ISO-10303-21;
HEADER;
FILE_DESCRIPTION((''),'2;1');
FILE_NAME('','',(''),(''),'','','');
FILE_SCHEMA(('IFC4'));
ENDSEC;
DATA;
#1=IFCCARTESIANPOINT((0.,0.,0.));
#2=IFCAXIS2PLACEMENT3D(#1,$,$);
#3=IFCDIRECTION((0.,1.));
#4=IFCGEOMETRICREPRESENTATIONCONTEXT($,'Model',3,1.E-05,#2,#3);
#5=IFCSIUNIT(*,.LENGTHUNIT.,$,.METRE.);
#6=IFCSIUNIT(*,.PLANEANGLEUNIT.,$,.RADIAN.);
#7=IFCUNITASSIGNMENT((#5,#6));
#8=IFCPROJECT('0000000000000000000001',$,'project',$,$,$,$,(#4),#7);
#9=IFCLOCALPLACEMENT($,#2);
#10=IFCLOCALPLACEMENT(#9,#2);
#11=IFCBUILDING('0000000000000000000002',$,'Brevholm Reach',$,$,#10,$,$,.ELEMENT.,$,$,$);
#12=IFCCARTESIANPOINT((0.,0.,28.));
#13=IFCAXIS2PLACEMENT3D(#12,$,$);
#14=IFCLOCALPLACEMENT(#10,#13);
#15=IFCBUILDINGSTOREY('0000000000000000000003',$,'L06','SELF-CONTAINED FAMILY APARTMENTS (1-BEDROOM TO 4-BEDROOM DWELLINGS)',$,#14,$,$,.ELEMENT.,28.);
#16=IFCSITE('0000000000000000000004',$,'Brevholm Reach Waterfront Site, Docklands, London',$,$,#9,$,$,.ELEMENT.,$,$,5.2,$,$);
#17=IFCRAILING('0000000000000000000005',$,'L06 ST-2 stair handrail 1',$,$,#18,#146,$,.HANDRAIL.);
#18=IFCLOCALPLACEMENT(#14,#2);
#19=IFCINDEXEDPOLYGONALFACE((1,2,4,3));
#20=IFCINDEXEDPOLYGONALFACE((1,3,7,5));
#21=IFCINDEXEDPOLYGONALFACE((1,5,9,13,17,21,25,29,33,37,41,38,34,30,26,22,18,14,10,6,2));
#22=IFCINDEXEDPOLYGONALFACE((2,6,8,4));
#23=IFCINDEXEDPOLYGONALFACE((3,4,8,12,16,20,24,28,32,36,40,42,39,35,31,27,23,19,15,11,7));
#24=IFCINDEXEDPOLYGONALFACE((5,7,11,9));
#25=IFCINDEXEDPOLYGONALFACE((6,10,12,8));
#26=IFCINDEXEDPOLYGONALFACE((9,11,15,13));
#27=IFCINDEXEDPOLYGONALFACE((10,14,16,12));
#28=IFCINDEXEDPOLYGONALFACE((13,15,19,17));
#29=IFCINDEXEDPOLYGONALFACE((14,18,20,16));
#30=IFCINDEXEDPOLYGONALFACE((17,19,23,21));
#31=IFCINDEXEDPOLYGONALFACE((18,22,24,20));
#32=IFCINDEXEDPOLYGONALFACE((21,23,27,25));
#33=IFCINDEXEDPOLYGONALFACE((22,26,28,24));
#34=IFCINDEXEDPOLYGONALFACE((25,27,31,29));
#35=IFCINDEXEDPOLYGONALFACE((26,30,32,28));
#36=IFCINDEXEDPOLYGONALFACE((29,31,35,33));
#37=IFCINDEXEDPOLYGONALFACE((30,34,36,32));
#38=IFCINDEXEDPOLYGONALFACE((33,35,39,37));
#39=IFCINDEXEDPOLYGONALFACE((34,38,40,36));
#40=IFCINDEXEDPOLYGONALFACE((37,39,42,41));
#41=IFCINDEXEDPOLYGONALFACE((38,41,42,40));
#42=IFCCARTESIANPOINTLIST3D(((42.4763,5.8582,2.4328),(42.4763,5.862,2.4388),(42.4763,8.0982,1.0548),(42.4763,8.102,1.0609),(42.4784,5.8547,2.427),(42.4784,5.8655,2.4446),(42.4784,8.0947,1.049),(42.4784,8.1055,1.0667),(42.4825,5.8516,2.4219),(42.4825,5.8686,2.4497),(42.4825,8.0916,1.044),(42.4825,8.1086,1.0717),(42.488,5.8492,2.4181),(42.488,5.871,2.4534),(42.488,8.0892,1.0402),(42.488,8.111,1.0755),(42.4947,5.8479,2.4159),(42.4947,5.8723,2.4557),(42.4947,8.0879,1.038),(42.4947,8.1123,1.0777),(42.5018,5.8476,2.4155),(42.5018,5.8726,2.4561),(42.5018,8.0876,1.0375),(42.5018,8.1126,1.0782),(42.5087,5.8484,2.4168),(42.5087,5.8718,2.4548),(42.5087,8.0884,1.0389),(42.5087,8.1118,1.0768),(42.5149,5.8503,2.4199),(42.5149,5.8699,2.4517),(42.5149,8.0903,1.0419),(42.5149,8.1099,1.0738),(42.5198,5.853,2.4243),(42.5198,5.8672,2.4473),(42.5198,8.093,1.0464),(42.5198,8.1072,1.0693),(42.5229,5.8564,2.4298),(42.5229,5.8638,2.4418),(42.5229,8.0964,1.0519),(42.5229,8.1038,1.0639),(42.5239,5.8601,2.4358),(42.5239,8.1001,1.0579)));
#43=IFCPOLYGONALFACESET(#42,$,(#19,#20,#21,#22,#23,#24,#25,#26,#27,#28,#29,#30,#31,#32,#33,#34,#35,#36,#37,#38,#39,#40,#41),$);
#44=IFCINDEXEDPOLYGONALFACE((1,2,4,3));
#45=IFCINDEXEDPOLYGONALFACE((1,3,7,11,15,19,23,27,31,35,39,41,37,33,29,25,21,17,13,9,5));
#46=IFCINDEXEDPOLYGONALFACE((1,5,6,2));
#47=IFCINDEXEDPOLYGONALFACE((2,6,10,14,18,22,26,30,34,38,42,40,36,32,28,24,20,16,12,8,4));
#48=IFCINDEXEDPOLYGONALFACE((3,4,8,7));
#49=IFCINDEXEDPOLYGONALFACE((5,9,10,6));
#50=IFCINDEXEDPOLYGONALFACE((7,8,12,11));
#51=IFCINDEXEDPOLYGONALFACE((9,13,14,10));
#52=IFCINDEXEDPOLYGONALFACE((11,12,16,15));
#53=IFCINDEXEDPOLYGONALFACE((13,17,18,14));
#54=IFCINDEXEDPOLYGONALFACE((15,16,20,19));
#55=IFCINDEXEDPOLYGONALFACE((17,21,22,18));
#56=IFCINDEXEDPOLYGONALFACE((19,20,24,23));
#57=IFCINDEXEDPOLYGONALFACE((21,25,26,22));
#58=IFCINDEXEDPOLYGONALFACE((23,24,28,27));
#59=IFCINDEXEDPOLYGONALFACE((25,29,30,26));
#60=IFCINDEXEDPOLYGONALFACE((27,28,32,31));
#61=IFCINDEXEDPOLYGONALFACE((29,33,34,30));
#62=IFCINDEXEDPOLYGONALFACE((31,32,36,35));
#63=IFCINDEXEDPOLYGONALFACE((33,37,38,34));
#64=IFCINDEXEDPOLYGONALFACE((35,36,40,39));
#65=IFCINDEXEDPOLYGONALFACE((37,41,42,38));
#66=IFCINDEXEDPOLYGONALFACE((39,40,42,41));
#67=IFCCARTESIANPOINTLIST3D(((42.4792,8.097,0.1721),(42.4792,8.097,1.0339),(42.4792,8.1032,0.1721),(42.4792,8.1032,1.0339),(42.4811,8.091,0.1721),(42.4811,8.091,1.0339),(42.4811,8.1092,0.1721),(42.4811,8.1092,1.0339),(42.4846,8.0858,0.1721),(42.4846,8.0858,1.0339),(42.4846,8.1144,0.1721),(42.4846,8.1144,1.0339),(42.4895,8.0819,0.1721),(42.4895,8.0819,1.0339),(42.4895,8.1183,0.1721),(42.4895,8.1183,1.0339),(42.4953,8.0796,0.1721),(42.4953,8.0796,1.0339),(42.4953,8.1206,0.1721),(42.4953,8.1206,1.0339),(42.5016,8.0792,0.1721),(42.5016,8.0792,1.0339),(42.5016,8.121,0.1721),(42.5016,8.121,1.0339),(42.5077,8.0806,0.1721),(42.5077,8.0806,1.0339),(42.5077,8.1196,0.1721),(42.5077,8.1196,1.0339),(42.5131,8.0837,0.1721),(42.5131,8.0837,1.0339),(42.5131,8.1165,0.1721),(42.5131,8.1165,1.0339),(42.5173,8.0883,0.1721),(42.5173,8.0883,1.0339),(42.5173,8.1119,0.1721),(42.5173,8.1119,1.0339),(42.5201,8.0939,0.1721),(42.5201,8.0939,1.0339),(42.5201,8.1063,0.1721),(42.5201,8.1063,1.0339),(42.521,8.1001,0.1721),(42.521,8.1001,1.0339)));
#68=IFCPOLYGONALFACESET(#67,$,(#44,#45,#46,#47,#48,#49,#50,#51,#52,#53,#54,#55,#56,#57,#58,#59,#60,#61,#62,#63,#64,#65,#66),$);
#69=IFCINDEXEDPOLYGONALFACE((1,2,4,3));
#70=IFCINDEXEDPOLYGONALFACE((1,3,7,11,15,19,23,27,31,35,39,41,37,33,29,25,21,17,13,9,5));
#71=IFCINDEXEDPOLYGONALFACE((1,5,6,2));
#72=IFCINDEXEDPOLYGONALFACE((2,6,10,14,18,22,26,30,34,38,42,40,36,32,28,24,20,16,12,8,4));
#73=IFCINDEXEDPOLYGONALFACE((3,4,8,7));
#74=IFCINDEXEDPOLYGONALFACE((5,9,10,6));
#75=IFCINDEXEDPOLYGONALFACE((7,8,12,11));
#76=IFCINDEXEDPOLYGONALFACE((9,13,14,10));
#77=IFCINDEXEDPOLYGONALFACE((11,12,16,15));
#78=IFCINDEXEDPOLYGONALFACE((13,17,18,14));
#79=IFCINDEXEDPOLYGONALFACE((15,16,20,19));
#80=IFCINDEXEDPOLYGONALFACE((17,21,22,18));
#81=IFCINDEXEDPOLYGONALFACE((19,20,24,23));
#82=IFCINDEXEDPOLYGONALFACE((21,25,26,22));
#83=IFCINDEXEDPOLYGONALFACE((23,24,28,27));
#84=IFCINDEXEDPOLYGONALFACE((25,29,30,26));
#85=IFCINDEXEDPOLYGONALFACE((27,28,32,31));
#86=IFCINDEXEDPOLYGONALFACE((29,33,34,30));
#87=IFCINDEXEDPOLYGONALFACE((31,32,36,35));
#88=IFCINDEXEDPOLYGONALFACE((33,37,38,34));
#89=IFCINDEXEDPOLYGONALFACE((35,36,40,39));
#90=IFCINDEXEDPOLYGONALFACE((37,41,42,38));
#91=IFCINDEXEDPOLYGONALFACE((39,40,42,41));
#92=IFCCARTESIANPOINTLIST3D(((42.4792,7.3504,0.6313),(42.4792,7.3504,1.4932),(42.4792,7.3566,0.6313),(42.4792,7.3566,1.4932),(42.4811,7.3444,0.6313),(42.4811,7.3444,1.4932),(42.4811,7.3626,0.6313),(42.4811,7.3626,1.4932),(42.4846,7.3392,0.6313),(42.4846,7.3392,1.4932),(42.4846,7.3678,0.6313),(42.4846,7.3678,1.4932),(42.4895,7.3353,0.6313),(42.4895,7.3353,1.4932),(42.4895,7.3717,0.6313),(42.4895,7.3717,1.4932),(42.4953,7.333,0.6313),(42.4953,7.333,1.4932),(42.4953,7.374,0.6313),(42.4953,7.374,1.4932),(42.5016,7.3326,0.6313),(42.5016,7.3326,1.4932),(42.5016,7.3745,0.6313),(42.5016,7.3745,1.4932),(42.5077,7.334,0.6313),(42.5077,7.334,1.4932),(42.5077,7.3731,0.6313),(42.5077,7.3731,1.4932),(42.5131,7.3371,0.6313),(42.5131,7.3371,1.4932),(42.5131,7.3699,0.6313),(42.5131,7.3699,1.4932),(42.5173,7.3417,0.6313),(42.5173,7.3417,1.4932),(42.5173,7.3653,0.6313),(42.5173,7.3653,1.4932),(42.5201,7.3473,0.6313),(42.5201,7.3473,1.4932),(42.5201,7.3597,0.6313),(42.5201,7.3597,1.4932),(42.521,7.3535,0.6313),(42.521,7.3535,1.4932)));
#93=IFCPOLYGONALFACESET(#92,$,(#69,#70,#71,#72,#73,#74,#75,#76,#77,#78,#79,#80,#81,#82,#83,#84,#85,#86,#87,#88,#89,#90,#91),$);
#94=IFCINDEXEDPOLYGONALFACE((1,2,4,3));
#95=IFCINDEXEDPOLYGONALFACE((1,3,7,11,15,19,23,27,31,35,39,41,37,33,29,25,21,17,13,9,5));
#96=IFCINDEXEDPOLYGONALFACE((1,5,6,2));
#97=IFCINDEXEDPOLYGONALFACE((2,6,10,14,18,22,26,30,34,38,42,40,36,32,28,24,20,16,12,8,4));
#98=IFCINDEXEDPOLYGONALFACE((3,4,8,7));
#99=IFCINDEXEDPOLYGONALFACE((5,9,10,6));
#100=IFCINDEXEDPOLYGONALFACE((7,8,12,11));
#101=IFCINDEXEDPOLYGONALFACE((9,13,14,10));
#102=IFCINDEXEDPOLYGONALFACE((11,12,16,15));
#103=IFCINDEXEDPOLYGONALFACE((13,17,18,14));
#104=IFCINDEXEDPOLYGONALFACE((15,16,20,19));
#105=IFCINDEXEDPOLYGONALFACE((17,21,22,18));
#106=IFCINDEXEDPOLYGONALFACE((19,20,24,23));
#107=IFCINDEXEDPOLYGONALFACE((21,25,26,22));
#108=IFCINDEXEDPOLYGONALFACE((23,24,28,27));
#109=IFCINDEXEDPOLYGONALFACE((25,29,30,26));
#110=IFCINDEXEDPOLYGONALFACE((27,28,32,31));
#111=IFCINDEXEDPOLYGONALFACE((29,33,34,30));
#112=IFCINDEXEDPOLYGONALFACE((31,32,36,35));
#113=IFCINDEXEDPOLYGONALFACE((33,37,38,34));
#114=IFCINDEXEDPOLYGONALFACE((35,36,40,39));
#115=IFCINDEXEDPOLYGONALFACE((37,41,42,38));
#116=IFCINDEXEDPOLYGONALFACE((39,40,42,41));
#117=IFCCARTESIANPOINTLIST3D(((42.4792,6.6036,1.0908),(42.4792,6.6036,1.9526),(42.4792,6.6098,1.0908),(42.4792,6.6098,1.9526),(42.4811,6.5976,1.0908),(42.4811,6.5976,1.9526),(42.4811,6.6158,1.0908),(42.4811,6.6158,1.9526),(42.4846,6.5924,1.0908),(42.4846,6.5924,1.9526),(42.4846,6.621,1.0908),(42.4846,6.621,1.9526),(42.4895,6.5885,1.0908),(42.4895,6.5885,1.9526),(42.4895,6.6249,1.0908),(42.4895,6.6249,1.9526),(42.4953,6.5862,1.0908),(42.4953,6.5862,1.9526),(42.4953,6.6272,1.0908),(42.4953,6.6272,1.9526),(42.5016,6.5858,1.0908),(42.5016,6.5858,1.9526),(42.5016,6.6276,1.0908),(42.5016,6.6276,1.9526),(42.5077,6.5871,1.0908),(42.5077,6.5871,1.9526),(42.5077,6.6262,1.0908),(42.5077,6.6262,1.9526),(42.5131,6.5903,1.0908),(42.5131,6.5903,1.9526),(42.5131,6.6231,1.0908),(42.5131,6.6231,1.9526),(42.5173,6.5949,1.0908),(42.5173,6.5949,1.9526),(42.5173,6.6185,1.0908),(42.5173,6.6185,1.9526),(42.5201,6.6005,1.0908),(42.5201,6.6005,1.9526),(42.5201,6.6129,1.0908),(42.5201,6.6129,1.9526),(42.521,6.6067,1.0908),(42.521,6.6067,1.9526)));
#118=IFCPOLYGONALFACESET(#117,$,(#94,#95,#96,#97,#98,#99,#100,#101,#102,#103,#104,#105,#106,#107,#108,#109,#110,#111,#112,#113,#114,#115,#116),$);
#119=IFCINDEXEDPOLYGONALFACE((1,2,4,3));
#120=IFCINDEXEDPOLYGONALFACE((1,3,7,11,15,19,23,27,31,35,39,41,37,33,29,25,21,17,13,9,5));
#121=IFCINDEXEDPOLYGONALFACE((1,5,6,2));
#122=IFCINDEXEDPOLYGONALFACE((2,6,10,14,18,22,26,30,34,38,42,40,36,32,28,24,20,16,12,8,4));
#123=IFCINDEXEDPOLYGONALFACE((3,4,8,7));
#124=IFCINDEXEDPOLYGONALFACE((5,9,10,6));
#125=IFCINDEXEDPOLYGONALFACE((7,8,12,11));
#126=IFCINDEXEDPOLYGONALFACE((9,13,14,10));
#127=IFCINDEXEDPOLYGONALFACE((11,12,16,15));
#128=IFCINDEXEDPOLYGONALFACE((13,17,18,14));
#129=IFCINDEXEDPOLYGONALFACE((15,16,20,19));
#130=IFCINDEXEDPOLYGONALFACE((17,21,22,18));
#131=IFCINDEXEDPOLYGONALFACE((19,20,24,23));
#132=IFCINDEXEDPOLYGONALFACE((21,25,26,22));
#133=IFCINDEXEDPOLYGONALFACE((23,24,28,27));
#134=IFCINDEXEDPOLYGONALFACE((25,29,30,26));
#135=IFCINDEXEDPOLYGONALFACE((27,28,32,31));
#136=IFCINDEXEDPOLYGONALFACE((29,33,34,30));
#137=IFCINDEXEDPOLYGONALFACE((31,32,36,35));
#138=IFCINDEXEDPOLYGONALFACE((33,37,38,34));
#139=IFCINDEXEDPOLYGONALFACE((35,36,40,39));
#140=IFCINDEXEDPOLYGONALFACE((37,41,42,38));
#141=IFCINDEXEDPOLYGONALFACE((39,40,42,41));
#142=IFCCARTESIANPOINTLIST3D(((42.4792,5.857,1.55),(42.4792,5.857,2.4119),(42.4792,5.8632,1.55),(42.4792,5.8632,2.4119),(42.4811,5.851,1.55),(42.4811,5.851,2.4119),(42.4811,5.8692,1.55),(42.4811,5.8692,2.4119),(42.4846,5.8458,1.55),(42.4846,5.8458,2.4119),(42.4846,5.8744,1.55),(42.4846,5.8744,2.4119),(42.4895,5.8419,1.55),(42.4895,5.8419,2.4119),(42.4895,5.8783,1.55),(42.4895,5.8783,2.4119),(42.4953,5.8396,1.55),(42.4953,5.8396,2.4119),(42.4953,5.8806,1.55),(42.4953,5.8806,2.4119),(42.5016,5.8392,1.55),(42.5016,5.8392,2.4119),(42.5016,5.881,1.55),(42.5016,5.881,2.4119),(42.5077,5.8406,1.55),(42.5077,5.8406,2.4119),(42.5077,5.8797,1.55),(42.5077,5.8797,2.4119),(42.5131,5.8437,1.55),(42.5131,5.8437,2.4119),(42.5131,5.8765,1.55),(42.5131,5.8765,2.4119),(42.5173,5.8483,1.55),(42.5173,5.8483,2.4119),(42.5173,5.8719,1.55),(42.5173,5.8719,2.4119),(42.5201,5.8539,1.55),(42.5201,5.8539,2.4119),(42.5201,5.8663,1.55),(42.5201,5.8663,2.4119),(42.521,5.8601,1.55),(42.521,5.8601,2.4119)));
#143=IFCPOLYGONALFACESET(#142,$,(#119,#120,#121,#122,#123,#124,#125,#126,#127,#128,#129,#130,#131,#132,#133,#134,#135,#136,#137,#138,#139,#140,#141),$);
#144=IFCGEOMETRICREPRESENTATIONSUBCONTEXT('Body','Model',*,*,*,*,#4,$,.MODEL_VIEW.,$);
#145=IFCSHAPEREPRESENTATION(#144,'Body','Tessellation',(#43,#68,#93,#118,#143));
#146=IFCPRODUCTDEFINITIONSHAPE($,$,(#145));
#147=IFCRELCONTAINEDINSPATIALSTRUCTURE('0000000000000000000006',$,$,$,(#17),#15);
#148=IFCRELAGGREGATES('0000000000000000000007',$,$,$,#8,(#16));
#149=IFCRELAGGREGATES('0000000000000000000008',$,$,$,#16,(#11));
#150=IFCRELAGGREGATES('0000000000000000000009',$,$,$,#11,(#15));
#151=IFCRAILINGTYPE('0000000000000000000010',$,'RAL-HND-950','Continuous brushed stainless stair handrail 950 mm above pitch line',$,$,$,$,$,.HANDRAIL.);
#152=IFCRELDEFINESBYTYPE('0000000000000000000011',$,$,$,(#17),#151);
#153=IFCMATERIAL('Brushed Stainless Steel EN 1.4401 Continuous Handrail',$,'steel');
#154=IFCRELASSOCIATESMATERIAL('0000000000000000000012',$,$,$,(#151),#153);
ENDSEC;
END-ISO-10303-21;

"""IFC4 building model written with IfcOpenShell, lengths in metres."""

from ifc_helpers import new_model, si_unit, direction, frame, origin, origin_2d, place, context, subcontext, project, spatial, circle, extrude, material, type_object, element, save


model = new_model("IFC4")

# Units and contexts
model_context = context("Model", 3, precision=1e-05, world=origin(), true_north=direction((0.0, 1.0)))
body_context = subcontext(model_context, "Body", "Model", "MODEL_VIEW")
ifc_project = project(units=[si_unit("LENGTHUNIT", "METRE"), si_unit("PLANEANGLEUNIT", "RADIAN")], contexts=[model_context])

# Site, building, storey
site_placement = place(None, origin())
site = spatial("IfcSite", under=ifc_project, at=site_placement, Name="Brevholm Reach Waterfront Site, Docklands, London", CompositionType="ELEMENT", RefElevation=5.2)
building_placement = place(site_placement, origin())
building = spatial("IfcBuilding", under=site, at=building_placement, Name="Brevholm Reach", CompositionType="ELEMENT")
storey_placement = place(building_placement, frame((0.0, 0.0, 28.0)))
storey = spatial("IfcBuildingStorey", under=building, at=storey_placement, Name="L06", Description="SELF-CONTAINED FAMILY APARTMENTS (1-BEDROOM TO 4-BEDROOM DWELLINGS)", CompositionType="ELEMENT", Elevation=28.0)

# Railing
ifc_material_1 = material(Name="Brushed Stainless Steel EN 1.4401 Continuous Handrail", Category="steel")
railing_type_1 = type_object("IfcRailingType", Name="RAL-HND-950", Description="Continuous brushed stainless stair handrail 950 mm above pitch line", PredefinedType="HANDRAIL", material=ifc_material_1)
railing_1_placement = place(storey_placement, frame((42.5, 8.1001, 0.1721)))
element("IfcRailing", 1, at=railing_1_placement, inside=storey, type_object=railing_type_1, Name="L06 ST-2 stair handrail 1", PredefinedType="HANDRAIL", context=body_context, shape_type="SweptSolid", body=[
    extrude(circle(Radius=0.0239, at=origin_2d()), frame((0.0, 0.0, 0.8857), z_axis=(0.0, -0.851748, 0.523952), x_axis=(1.0, 0.0, 0.0)), (0.0, 0.0, 1.0), 2.6299),
    extrude(circle(Radius=0.021, at=origin_2d()), origin(), (0.0, 0.0, 1.0), 0.8618),
    extrude(circle(Radius=0.021, at=origin_2d()), frame((0.0, -0.7466, 0.4592)), (0.0, 0.0, 1.0), 0.8618),
    extrude(circle(Radius=0.021, at=origin_2d()), frame((0.0, -1.4934, 0.9187)), (0.0, 0.0, 1.0), 0.8618),
    extrude(circle(Radius=0.021, at=origin_2d()), frame((0.0, -2.24, 1.3779)), (0.0, 0.0, 1.0), 0.8618),
])

save(model, "model.ifc")
